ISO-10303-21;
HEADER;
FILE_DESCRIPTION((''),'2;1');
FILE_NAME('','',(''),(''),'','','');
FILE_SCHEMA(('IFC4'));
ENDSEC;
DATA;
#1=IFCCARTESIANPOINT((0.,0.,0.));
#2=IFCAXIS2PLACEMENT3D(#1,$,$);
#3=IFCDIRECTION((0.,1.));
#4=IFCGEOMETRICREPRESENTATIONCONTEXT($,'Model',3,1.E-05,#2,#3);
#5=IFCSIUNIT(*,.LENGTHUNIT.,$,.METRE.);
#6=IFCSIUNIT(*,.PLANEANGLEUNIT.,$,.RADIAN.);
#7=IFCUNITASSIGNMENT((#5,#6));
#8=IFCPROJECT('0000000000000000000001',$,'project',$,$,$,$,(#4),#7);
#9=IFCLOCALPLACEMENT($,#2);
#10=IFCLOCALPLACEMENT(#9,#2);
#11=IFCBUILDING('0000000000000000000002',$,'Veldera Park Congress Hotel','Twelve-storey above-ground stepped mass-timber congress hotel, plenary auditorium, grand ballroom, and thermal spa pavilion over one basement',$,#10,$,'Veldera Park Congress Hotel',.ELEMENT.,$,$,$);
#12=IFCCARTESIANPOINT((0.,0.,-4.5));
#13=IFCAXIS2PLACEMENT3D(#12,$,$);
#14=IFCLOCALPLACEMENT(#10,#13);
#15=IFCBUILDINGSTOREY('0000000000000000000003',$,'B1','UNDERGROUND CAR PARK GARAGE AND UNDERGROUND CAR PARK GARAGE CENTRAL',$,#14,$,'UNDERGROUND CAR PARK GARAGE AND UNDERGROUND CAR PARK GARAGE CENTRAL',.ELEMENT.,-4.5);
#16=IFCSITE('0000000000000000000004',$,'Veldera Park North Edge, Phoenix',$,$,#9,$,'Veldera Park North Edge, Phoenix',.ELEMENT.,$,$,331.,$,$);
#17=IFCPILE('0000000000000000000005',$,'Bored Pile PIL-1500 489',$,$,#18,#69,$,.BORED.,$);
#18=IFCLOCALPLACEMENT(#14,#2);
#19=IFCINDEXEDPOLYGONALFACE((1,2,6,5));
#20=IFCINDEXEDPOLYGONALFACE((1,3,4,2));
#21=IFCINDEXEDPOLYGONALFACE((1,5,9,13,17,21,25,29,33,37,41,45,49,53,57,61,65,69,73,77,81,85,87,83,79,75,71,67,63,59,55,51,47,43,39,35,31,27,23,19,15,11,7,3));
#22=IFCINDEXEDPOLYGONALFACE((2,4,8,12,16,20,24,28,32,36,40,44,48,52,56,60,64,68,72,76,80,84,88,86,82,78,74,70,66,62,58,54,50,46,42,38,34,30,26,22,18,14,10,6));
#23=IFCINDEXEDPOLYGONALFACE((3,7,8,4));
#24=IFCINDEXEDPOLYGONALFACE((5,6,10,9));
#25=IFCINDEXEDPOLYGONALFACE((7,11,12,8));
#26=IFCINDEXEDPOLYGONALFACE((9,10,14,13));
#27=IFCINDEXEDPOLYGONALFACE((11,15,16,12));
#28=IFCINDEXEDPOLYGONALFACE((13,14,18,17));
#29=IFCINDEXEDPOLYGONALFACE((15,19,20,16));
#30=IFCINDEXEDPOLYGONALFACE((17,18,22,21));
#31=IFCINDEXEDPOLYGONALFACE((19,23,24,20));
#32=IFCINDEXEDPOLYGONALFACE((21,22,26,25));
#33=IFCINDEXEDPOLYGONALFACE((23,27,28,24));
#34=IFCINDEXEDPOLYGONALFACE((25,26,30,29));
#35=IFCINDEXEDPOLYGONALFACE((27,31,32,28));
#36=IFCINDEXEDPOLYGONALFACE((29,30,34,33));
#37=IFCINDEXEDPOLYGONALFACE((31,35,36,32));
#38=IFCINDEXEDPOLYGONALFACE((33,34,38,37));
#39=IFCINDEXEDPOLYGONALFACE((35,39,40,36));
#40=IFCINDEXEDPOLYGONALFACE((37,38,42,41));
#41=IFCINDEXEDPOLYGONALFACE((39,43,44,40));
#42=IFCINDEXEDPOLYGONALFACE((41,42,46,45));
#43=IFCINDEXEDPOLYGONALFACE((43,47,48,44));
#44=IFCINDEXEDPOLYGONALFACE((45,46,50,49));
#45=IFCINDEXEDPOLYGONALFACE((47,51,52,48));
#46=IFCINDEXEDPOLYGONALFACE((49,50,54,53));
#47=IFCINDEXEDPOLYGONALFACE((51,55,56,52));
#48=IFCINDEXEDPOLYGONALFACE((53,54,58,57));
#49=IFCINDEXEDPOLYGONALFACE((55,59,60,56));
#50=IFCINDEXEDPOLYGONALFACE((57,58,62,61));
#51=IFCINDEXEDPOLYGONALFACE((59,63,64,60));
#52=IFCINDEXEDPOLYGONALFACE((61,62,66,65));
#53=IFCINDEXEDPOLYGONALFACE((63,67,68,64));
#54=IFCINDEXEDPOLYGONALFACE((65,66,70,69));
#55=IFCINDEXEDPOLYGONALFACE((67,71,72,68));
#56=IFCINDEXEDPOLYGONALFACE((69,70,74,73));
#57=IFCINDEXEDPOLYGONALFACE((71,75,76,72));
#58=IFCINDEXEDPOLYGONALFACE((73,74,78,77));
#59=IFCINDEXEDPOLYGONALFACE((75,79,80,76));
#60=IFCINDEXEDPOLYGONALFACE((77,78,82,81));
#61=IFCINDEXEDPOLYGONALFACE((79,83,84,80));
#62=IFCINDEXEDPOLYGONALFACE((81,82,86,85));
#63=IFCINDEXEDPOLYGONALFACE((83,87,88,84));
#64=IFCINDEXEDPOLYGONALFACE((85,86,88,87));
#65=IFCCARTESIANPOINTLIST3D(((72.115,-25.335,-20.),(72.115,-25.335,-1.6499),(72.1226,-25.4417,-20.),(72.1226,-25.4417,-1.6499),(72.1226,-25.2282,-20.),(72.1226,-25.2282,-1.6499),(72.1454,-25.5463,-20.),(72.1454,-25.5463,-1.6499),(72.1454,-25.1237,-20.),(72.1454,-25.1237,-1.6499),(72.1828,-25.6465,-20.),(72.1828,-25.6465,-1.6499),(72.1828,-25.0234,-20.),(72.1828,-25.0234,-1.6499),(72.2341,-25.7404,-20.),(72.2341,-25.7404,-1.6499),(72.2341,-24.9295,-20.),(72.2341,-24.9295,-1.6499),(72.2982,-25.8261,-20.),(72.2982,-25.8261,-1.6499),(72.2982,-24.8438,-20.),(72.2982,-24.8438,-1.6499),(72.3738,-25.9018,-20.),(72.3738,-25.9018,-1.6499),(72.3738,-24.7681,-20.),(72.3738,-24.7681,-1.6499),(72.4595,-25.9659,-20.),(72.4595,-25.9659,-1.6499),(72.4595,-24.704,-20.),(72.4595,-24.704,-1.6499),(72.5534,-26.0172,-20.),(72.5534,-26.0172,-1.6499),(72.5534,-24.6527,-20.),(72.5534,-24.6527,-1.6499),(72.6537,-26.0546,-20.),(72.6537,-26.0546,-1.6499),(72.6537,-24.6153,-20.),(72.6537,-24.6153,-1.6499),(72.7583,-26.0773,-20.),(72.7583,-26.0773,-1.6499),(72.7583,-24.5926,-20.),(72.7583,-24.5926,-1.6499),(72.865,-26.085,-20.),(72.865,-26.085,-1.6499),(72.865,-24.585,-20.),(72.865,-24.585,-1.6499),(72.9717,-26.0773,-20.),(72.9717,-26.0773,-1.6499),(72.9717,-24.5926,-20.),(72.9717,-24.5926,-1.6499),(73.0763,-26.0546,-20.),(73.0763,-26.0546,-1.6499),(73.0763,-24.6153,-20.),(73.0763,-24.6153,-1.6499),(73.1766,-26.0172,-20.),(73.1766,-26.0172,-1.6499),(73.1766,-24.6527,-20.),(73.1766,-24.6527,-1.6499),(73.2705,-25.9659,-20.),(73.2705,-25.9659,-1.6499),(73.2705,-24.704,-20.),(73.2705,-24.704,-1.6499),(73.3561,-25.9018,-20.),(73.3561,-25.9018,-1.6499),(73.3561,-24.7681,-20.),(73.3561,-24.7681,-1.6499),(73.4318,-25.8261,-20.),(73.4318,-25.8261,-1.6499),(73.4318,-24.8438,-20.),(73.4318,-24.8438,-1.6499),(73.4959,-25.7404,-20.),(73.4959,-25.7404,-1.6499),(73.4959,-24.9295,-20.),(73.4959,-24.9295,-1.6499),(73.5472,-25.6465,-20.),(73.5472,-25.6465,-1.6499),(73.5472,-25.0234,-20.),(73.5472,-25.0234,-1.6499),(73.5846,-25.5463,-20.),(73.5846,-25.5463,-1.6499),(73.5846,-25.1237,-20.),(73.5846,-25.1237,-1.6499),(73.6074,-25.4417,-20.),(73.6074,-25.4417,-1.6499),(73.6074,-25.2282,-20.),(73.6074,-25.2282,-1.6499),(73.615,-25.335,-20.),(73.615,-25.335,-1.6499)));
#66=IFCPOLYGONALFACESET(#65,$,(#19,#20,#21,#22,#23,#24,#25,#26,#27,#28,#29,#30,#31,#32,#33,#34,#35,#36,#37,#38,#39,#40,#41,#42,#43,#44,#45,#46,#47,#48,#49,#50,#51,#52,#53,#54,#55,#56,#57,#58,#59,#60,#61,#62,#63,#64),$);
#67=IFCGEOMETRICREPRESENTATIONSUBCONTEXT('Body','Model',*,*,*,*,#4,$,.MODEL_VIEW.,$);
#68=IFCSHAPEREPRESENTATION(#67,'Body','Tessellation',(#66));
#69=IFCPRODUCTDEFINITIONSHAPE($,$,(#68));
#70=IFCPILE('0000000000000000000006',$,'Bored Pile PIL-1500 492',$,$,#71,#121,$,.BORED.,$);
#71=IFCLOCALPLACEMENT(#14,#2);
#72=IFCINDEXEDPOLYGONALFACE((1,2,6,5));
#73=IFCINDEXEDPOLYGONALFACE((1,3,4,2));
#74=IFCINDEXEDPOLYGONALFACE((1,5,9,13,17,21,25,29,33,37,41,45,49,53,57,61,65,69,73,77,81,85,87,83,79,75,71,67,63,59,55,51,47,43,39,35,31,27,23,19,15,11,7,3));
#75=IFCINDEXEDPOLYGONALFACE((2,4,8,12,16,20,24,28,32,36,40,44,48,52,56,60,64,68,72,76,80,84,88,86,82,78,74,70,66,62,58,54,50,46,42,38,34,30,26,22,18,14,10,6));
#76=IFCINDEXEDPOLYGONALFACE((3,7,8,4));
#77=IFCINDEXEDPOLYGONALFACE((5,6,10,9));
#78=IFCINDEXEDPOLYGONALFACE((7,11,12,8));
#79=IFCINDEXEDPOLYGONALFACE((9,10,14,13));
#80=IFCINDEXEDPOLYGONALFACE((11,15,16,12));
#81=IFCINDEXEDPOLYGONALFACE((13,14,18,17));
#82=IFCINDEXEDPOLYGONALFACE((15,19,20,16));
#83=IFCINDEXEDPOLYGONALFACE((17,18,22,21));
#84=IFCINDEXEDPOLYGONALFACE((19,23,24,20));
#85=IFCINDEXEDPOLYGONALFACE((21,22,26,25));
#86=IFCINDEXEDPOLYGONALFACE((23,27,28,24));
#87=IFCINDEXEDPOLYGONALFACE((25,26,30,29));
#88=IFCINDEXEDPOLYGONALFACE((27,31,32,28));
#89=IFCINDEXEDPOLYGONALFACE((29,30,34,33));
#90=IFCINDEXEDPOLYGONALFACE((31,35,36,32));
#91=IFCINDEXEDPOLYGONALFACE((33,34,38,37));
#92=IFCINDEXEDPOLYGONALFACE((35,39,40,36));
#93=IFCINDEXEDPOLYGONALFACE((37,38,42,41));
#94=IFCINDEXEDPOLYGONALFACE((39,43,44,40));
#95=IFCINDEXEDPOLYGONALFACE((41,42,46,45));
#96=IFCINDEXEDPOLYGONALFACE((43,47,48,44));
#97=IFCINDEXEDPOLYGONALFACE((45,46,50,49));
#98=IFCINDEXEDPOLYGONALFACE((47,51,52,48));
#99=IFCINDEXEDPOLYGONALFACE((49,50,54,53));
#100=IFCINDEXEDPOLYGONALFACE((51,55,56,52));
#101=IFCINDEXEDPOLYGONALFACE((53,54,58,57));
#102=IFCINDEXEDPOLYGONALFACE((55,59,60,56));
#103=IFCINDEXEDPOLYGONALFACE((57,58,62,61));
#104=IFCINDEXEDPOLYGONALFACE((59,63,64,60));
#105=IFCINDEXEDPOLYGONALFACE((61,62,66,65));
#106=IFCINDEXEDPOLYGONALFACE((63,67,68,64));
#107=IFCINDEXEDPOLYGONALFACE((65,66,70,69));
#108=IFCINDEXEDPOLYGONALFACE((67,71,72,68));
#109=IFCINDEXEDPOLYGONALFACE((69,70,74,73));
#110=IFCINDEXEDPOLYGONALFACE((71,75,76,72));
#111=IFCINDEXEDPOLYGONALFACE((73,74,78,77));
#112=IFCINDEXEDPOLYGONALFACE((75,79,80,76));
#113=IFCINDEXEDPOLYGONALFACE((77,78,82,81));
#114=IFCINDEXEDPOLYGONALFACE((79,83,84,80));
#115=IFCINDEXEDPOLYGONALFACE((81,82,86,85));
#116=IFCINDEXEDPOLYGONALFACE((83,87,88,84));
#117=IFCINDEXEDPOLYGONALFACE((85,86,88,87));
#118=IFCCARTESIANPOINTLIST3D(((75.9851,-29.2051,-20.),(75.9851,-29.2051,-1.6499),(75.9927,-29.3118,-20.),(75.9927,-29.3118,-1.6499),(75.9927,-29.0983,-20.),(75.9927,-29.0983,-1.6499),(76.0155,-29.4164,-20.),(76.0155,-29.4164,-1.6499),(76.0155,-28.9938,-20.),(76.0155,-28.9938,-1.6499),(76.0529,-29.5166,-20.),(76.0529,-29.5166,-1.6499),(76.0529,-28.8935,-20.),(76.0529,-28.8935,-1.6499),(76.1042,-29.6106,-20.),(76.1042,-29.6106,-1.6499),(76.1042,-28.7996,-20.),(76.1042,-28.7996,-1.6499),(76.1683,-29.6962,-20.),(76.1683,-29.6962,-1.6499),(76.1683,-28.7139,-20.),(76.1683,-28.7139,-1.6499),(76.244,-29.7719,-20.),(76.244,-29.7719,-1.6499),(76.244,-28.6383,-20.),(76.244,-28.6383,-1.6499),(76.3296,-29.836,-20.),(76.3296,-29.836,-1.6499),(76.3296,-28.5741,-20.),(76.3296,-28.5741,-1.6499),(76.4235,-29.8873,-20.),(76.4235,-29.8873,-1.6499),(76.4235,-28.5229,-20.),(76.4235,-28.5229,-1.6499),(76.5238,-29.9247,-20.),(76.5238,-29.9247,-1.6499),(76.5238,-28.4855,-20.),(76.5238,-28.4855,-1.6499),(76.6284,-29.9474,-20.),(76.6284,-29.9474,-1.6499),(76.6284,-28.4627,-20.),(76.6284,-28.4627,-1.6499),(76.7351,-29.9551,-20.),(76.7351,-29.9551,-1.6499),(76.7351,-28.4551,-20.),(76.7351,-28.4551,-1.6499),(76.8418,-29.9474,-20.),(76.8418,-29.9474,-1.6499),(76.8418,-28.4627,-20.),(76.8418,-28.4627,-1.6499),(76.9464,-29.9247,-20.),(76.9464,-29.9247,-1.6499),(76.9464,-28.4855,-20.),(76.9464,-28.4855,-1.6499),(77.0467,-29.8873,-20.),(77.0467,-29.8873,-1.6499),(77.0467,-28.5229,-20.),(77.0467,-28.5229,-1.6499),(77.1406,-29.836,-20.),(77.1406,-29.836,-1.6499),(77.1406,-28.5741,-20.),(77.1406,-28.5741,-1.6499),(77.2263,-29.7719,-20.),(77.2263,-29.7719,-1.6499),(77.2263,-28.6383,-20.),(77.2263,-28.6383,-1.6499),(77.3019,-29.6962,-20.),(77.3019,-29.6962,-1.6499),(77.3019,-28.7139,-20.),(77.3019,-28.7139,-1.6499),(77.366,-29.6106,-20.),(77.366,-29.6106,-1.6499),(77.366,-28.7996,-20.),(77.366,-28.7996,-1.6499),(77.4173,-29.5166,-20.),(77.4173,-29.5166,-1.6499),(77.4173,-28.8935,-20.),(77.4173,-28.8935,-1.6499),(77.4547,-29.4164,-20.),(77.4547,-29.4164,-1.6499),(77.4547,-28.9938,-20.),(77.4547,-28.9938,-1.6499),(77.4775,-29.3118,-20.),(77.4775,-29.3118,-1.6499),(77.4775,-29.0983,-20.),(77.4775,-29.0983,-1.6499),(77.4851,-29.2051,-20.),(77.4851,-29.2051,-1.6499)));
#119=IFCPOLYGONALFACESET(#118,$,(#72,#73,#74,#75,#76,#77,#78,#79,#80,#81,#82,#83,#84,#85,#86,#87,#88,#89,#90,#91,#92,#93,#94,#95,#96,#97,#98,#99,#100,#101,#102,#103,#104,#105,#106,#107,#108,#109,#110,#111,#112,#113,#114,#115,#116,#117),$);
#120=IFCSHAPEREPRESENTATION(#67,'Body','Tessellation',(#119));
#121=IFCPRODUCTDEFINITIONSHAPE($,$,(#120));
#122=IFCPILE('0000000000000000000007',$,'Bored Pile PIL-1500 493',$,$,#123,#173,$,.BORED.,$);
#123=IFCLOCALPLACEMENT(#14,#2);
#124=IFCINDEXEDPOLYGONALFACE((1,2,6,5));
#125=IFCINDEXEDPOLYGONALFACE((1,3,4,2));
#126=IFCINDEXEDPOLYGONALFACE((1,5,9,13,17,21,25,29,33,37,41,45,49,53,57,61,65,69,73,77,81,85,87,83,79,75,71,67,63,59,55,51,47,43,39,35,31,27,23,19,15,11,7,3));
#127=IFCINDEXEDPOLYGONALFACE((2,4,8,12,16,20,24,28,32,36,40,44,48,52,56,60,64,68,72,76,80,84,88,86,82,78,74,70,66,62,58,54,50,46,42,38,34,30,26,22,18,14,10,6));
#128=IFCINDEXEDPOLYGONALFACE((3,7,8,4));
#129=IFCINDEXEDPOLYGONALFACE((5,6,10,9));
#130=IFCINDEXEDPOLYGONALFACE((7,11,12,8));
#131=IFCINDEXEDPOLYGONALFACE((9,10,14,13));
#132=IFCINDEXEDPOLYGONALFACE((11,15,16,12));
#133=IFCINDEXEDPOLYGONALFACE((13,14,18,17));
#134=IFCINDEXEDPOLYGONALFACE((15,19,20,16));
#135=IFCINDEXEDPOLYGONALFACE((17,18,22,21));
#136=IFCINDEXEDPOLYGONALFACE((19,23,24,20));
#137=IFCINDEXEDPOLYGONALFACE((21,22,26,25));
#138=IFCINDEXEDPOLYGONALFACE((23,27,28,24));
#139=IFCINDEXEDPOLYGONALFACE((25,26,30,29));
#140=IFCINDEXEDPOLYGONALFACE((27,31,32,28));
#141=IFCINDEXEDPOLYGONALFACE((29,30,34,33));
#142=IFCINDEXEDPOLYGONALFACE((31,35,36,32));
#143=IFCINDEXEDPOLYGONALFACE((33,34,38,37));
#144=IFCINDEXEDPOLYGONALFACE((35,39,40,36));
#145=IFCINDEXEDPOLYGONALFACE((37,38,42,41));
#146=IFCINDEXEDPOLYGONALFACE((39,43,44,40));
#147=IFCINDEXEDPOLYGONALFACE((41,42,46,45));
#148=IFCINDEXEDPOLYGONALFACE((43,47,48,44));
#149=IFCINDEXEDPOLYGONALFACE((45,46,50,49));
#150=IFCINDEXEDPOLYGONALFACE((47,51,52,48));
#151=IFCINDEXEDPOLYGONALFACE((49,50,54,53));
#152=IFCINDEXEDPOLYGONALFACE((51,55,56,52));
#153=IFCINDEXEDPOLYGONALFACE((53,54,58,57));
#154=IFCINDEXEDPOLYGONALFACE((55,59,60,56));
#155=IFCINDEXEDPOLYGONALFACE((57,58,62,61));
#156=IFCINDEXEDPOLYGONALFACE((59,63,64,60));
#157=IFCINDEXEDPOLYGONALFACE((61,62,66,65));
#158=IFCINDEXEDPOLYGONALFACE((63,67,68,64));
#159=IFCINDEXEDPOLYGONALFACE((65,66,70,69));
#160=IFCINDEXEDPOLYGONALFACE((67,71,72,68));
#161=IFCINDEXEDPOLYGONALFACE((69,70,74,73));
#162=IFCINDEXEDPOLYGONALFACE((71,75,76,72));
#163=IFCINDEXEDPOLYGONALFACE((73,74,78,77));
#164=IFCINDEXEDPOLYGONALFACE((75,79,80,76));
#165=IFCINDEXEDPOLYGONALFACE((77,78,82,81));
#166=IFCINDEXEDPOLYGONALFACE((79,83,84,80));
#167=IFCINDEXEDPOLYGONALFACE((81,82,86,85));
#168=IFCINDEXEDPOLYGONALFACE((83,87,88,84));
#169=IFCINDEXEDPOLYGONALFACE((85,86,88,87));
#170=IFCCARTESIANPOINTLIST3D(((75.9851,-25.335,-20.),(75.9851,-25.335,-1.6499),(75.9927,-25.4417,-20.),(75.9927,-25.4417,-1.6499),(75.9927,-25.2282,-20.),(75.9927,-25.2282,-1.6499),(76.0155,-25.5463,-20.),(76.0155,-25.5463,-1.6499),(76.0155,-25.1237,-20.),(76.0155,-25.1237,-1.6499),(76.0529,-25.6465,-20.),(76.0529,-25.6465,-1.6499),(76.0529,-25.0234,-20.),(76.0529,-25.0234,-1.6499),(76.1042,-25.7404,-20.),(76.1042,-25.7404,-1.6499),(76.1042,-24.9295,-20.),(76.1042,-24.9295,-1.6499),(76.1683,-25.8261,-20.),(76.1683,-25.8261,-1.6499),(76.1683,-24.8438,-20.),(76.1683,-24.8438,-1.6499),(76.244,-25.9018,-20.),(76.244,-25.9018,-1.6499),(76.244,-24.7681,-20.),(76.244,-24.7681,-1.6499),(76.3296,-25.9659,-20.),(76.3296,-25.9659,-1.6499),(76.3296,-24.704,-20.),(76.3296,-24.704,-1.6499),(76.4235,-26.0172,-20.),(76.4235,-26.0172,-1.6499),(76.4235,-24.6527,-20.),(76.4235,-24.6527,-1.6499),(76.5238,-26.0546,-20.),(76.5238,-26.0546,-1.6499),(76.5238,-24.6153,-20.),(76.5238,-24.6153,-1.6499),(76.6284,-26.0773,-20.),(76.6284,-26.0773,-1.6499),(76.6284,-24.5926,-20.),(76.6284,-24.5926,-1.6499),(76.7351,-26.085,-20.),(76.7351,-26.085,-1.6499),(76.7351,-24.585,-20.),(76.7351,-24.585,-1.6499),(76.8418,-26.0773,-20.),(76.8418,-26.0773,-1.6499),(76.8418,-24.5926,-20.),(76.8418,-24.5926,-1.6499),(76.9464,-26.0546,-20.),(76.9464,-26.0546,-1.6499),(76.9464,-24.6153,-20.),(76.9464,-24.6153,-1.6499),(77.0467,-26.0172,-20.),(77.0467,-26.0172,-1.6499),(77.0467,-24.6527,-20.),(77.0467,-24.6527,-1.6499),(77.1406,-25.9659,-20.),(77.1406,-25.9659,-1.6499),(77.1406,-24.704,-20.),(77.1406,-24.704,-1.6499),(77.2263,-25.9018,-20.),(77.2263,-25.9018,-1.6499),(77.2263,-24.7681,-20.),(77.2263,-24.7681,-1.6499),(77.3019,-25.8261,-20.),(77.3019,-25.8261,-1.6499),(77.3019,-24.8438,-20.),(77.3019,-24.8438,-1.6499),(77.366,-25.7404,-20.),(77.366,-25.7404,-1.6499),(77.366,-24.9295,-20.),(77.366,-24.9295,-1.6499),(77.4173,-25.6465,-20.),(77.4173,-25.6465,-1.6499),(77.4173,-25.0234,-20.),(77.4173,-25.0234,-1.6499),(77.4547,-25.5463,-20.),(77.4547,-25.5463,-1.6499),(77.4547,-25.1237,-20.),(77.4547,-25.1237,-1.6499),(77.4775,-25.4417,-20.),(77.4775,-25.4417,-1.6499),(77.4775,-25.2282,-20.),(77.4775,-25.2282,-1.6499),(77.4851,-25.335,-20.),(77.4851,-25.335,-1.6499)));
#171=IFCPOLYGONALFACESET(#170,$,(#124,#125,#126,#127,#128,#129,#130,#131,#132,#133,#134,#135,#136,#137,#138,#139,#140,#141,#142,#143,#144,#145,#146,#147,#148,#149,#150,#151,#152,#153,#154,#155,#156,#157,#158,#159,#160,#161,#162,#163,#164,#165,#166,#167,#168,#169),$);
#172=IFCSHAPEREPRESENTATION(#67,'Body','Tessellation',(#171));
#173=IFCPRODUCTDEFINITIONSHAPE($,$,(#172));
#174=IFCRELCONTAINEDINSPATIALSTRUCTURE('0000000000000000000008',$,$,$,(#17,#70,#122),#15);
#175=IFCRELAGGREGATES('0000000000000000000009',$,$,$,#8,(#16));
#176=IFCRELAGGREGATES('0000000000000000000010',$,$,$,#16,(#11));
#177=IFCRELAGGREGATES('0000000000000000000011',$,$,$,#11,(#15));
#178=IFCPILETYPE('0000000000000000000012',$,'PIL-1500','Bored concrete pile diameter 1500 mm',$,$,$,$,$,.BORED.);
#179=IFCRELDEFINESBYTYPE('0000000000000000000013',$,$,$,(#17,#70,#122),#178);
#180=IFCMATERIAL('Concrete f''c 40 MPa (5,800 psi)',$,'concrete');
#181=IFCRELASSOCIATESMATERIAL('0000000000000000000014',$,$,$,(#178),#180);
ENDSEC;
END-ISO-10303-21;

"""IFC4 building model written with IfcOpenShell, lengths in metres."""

from ifc_helpers import new_model, si_unit, direction, frame, origin, origin_2d, place, context, subcontext, project, spatial, circle, extrude, material, material_profile, profile_set, type_object, element, save


model = new_model("IFC4")

# Units and contexts
model_context = context("Model", 3, precision=1e-05, world=origin(), true_north=direction((0.0, 1.0)))
body_context = subcontext(model_context, "Body", "Model", "MODEL_VIEW")
ifc_project = project(units=[si_unit("LENGTHUNIT", "METRE"), si_unit("PLANEANGLEUNIT", "RADIAN")], contexts=[model_context])

# Site, building, storey
site_placement = place(None, origin())
site = spatial("IfcSite", under=ifc_project, at=site_placement, Name="Veldera Park North Edge, Phoenix", LongName="Veldera Park North Edge, Phoenix", CompositionType="ELEMENT", RefElevation=331.0)
building_placement = place(site_placement, origin())
building = spatial("IfcBuilding", under=site, at=building_placement, Name="Veldera Park Congress Hotel", Description="Twelve-storey above-ground stepped mass-timber congress hotel, plenary auditorium, grand ballroom, and thermal spa pavilion over one basement", LongName="Veldera Park Congress Hotel", CompositionType="ELEMENT")
storey_placement = place(building_placement, frame((0.0, 0.0, -4.5)))
storey = spatial("IfcBuildingStorey", under=building, at=storey_placement, Name="B1", Description="UNDERGROUND CAR PARK GARAGE AND UNDERGROUND CAR PARK GARAGE CENTRAL", LongName="UNDERGROUND CAR PARK GARAGE AND UNDERGROUND CAR PARK GARAGE CENTRAL", CompositionType="ELEMENT", Elevation=-4.5)

# Shared definitions
ifc_material_1 = material(Name="Concrete f'c 40 MPa (5,800 psi)", Category="concrete")

# Piles
ifc_material_profile_1 = material_profile(ifc_material_1, circle(Radius=0.75, at=origin_2d()), Name="PILE D1500")
ifc_profile_set_1 = profile_set([ifc_material_profile_1], Name="Concrete f'c 40 MPa (5,800 psi)")
pile_type_1 = type_object("IfcPileType", Name="PIL-1500", Description="Bored concrete pile diameter 1500 mm", PredefinedType="BORED", material=ifc_profile_set_1)
for number, where, z_axis, x_axis, name in (
    (1, (72.865, -25.335, -1.6499), (0.0, 0.0, -1.0), (1.0, 0.0, 0.0), "Bored Pile PIL-1500 489"),
    (2, (76.7351, -29.2051, -1.6499), (0.0, 0.0, -1.0), (1.0, 0.0, 0.0), "Bored Pile PIL-1500 492"),
    (3, (76.7351, -25.335, -1.6499), (0.0, 0.0, -1.0), (1.0, 0.0, 0.0), "Bored Pile PIL-1500 493"),
):
    element("IfcPile", number, at=place(storey_placement, frame(where, z_axis=z_axis, x_axis=x_axis)), inside=storey, type_object=pile_type_1, Name=name, PredefinedType="BORED", context=body_context, shape_type="SweptSolid", body=[
        extrude(circle(Radius=0.75, at=origin_2d()), origin(), (0.0, 0.0, 1.0), 18.3501),
    ])

save(model, "model.ifc")
